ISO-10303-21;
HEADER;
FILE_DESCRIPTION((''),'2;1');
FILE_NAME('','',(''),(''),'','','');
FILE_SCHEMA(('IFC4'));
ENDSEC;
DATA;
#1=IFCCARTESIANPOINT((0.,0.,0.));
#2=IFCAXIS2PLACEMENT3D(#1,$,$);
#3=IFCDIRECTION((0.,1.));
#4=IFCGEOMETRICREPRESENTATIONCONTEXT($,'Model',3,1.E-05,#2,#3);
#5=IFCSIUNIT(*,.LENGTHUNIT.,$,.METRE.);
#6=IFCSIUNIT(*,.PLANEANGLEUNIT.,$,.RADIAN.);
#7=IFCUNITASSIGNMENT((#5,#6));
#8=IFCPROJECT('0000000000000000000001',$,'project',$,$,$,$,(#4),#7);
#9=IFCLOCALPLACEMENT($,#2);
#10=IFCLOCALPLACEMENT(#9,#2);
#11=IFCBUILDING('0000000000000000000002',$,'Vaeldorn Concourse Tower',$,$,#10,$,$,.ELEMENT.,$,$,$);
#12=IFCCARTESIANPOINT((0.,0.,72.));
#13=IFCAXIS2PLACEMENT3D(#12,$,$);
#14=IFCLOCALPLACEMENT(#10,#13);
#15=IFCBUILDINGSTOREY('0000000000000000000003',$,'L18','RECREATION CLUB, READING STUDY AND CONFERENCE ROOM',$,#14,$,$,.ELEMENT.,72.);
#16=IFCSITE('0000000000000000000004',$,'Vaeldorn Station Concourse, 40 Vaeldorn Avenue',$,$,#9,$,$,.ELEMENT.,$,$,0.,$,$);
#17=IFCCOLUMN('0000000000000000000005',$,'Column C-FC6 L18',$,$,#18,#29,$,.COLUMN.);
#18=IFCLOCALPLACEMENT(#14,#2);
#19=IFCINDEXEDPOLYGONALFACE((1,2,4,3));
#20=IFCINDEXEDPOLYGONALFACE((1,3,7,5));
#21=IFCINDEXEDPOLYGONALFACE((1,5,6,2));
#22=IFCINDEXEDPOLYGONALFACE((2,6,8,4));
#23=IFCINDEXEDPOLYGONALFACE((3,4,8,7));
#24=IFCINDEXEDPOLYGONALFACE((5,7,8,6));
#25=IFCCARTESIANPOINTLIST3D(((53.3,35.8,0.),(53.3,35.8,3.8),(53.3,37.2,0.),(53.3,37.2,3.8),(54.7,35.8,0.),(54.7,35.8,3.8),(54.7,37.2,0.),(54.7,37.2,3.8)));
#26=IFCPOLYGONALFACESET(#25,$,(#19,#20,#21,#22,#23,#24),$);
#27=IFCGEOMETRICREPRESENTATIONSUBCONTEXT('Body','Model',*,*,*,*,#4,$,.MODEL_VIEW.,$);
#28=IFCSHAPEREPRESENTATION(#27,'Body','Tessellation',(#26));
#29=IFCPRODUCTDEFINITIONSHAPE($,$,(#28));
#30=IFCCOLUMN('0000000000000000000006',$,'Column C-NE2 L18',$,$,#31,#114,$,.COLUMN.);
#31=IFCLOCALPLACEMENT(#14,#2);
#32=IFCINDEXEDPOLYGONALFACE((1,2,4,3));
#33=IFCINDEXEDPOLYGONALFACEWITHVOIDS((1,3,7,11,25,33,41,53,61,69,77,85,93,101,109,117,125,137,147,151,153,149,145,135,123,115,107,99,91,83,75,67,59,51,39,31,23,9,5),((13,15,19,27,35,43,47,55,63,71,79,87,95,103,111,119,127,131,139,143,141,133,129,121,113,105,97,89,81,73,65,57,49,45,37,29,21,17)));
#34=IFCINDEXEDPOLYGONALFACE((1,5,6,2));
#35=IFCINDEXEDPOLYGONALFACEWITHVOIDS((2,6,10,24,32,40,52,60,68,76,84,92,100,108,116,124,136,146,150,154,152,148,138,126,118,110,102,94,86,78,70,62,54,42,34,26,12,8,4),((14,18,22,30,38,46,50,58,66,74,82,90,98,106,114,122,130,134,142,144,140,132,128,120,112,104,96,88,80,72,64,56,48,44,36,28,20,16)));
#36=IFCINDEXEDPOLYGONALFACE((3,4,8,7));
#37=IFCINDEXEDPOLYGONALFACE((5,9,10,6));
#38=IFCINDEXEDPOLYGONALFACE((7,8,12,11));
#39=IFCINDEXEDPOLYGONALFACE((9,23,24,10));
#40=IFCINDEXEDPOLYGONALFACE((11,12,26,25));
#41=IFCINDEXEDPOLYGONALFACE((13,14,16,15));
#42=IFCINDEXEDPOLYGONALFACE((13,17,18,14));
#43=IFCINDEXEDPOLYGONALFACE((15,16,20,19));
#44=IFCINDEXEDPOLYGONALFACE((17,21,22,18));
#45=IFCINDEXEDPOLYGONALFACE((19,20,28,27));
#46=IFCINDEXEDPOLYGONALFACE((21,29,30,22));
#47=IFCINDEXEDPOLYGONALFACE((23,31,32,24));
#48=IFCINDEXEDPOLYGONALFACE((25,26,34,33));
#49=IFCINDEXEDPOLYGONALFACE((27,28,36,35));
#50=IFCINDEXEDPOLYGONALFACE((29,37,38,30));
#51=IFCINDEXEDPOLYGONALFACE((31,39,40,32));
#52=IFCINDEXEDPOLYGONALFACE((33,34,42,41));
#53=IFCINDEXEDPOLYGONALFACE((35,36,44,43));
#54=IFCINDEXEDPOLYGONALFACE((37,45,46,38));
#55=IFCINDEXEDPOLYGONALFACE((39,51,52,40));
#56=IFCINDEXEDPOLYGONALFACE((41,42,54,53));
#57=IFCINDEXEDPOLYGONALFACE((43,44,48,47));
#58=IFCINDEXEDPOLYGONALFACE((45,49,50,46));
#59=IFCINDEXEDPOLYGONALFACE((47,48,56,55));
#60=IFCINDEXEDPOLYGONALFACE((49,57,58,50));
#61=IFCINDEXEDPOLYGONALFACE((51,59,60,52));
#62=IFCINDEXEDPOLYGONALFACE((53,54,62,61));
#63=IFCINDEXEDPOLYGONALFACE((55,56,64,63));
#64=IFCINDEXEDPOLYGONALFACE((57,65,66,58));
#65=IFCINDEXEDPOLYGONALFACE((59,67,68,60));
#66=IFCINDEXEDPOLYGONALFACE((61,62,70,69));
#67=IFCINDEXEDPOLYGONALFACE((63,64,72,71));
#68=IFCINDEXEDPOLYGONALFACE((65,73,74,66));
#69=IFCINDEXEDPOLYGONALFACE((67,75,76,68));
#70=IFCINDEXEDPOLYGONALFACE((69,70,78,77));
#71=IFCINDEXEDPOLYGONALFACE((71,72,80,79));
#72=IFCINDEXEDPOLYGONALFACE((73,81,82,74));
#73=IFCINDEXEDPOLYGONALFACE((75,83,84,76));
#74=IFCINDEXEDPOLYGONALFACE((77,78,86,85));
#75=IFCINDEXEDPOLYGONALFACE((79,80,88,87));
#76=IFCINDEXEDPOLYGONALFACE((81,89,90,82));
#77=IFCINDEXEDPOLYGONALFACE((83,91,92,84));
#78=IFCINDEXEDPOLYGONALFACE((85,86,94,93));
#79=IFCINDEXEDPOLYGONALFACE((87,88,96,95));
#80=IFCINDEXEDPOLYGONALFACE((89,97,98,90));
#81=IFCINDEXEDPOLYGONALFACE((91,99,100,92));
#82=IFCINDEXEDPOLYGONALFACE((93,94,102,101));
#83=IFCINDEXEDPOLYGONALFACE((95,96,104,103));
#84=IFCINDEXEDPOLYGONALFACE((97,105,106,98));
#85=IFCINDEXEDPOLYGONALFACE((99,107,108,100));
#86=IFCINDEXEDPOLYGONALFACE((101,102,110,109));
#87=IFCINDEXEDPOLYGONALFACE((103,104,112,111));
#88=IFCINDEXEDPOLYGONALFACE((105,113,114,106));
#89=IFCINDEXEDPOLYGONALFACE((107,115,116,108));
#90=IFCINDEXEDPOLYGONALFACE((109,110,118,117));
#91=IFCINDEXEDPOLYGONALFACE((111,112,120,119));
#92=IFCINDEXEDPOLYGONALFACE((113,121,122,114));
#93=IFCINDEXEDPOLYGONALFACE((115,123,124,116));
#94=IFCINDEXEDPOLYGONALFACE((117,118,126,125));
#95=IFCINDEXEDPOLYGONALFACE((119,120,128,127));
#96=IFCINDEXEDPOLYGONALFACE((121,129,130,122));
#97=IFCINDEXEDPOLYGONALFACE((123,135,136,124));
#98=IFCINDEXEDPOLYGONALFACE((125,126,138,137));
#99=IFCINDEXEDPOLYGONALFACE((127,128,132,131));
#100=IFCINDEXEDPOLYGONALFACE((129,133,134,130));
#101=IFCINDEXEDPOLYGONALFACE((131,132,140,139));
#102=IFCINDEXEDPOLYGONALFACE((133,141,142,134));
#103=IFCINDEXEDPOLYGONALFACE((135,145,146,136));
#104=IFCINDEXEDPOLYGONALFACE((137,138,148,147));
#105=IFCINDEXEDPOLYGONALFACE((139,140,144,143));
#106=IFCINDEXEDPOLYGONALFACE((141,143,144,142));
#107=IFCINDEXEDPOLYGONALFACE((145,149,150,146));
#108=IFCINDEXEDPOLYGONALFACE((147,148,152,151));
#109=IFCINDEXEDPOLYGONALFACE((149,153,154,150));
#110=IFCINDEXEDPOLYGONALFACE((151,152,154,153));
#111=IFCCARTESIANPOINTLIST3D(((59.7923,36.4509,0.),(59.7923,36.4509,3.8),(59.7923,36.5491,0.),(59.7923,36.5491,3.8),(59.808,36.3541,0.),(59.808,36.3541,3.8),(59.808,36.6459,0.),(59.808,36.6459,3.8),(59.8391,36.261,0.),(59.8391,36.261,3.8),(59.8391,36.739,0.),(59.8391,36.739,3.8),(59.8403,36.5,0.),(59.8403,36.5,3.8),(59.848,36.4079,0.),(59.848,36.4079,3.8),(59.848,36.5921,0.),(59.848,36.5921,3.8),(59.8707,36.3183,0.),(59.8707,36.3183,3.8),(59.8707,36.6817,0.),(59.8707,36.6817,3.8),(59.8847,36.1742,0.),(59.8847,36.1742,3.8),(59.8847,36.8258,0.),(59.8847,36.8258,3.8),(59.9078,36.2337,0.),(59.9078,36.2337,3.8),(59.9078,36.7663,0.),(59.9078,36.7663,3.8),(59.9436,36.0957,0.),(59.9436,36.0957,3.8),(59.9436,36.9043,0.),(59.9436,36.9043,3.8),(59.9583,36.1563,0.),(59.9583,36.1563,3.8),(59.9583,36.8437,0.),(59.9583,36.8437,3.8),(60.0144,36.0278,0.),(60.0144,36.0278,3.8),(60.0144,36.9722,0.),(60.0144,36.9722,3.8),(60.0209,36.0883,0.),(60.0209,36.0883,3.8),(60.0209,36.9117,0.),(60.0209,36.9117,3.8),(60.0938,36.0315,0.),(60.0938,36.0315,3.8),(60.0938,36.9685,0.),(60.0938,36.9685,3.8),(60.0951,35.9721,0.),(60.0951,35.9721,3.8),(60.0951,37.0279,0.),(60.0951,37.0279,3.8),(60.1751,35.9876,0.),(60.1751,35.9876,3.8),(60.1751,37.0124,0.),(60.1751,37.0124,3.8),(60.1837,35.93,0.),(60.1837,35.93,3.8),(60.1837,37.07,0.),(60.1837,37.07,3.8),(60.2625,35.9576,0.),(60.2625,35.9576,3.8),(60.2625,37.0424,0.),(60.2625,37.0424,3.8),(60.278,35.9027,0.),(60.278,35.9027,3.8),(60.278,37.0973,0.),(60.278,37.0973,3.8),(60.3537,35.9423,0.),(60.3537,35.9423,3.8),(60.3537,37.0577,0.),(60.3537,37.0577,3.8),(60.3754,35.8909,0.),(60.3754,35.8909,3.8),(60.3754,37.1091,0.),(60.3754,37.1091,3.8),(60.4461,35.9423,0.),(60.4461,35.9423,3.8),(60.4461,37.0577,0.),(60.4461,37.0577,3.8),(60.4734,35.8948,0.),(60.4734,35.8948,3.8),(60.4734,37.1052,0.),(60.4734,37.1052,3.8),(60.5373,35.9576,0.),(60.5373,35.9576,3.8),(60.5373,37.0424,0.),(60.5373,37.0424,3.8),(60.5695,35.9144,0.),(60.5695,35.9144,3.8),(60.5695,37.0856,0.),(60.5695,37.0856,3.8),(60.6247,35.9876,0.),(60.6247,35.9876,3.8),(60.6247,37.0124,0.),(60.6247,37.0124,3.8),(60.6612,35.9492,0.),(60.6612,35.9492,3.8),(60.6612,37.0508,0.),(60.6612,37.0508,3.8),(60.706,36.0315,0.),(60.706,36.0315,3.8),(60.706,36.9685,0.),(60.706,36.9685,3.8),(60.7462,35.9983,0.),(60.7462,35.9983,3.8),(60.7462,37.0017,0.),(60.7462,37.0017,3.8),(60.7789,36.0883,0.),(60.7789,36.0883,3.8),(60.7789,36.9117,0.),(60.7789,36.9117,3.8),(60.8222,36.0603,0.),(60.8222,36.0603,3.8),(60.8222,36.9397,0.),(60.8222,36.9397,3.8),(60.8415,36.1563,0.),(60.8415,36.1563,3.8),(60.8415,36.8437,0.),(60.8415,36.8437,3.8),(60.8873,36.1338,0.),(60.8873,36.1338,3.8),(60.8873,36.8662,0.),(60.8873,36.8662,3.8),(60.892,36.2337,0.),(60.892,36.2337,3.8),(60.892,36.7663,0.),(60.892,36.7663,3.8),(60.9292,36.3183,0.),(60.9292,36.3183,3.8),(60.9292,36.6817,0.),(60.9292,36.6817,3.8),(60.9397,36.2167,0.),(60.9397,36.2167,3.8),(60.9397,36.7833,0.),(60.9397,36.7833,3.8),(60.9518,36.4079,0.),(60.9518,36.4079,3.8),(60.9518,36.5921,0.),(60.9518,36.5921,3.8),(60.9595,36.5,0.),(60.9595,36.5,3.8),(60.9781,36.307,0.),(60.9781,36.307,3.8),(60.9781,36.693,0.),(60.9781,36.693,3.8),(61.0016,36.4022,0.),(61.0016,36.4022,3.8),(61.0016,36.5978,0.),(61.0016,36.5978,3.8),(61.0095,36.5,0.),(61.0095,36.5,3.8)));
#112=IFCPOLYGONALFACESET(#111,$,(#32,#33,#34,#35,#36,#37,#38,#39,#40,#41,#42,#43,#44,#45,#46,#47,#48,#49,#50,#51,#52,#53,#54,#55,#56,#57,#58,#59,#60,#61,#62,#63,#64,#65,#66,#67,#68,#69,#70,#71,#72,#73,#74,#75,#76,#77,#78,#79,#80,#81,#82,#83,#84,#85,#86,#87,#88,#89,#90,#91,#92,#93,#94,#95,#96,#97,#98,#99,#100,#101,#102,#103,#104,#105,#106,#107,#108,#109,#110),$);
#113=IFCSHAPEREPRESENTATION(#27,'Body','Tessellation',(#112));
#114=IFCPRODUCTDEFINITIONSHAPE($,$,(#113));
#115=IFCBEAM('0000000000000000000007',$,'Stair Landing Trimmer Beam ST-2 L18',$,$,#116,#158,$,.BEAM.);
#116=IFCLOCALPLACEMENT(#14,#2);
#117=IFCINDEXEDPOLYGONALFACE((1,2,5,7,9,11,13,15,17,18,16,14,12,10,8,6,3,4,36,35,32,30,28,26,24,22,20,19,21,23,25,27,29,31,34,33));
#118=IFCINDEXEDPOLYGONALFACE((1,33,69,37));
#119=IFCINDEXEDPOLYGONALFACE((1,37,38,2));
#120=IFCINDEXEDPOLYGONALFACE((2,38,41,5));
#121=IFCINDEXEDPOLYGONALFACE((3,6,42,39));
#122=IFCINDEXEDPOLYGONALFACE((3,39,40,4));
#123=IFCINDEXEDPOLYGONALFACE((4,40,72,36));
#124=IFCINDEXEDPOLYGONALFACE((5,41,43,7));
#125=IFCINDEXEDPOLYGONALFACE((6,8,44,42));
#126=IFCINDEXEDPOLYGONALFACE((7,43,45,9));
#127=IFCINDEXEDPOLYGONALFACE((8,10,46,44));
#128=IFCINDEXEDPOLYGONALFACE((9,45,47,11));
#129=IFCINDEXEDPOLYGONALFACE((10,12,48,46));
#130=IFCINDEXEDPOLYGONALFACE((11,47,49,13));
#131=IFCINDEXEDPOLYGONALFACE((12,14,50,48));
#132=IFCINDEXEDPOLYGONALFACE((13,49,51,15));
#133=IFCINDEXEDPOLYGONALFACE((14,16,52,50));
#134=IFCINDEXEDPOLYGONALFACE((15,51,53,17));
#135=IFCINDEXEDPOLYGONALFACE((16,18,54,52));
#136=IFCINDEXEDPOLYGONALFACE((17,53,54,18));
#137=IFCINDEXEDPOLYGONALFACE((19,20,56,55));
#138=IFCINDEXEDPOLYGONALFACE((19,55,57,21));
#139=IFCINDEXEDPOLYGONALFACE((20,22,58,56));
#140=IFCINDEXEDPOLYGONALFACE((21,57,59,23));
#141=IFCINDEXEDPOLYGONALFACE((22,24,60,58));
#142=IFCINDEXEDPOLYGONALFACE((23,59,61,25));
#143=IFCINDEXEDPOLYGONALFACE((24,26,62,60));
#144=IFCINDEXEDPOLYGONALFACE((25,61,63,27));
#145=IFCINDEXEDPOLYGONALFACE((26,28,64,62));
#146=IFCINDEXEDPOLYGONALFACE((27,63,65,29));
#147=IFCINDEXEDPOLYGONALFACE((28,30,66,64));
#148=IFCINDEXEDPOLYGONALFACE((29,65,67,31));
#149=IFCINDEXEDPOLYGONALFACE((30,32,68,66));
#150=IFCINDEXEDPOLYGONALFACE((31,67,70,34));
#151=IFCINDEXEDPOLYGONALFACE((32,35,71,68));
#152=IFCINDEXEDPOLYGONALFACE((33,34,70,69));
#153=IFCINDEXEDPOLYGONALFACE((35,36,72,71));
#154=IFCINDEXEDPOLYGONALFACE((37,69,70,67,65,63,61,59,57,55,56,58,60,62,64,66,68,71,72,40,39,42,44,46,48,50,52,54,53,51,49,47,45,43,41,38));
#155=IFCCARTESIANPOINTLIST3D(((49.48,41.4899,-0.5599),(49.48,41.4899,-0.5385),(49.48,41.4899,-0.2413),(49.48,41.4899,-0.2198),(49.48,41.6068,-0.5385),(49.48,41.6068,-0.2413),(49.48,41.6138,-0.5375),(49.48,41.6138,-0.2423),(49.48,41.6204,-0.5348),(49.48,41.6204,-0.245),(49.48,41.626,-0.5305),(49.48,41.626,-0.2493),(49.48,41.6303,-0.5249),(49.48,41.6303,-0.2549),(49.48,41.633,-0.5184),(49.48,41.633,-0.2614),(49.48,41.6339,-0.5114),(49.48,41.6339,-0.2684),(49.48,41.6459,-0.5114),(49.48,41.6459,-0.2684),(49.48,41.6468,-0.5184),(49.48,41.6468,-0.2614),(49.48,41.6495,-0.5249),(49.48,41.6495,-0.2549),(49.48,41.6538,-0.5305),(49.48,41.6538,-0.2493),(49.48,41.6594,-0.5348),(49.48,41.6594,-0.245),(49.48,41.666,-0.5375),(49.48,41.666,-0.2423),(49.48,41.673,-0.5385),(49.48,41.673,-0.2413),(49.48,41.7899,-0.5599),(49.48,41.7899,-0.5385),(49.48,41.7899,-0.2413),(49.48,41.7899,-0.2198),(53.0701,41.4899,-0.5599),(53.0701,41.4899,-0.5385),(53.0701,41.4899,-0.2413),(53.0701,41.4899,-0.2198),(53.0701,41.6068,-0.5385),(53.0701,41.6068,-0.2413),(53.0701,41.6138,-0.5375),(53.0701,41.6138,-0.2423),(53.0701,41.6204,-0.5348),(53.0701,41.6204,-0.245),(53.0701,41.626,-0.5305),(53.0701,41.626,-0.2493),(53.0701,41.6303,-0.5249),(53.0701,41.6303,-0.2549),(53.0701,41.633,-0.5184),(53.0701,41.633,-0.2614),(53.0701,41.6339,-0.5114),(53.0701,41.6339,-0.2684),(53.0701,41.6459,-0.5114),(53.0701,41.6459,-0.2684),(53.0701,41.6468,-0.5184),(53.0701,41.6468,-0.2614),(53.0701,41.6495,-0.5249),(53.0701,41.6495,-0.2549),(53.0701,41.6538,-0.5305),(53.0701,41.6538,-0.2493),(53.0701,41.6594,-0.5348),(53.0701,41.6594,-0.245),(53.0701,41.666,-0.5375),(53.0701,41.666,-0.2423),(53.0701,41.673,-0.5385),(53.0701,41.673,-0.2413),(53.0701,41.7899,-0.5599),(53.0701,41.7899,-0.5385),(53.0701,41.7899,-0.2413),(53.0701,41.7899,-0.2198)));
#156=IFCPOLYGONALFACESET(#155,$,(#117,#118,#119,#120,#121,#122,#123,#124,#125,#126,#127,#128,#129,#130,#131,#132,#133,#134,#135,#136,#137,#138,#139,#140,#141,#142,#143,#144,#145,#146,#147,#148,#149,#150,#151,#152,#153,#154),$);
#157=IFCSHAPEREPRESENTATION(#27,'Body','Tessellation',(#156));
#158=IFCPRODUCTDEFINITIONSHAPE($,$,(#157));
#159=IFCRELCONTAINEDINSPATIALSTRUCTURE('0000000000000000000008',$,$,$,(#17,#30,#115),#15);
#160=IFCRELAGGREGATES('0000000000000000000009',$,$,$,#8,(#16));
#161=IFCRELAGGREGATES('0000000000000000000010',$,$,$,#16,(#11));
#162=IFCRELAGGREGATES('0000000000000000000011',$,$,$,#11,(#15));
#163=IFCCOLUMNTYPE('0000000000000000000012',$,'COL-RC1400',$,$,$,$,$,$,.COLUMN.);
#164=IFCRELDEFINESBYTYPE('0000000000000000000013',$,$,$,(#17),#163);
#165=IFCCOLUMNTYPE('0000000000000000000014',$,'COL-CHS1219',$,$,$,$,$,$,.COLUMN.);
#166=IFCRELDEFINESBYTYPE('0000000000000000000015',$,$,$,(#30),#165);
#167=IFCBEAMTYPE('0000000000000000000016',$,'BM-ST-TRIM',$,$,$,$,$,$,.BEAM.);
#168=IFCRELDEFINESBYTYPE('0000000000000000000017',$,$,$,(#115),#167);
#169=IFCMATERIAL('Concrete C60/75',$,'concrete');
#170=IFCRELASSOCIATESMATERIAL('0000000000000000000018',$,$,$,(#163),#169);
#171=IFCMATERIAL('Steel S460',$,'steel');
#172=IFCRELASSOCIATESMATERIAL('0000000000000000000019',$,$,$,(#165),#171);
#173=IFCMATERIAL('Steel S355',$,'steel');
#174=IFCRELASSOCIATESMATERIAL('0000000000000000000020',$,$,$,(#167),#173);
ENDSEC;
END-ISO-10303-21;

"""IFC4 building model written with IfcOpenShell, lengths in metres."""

from ifc_helpers import new_model, si_unit, direction, frame, origin, origin_2d, place, context, subcontext, project, spatial, rectangle, hollow_circle, i_section, extrude, source, transform, mapped, material, material_profile, profile_set, type_object, element, save


model = new_model("IFC4")

# Units and contexts
model_context = context("Model", 3, precision=1e-05, world=origin(), true_north=direction((0.0, 1.0)))
body_context = subcontext(model_context, "Body", "Model", "MODEL_VIEW")
ifc_project = project(units=[si_unit("LENGTHUNIT", "METRE"), si_unit("PLANEANGLEUNIT", "RADIAN")], contexts=[model_context])

# Site, building, storey
site_placement = place(None, origin())
site = spatial("IfcSite", under=ifc_project, at=site_placement, Name="Vaeldorn Station Concourse, 40 Vaeldorn Avenue", CompositionType="ELEMENT", RefElevation=0.0)
building_placement = place(site_placement, origin())
building = spatial("IfcBuilding", under=site, at=building_placement, Name="Vaeldorn Concourse Tower", CompositionType="ELEMENT")
storey_placement = place(building_placement, frame((0.0, 0.0, 72.0)))
storey = spatial("IfcBuildingStorey", under=building, at=storey_placement, Name="L18", Description="RECREATION CLUB, READING STUDY AND CONFERENCE ROOM", CompositionType="ELEMENT", Elevation=72.0)

# Columns
ifc_material_1 = material(Name="Concrete C60/75", Category="concrete")
ifc_material_profile_1 = material_profile(ifc_material_1, rectangle(XDim=1.3999, YDim=1.3999, at=origin_2d()), Name="RC 1400x1400")
ifc_profile_set_1 = profile_set([ifc_material_profile_1], Name="Concrete C60/75")
column_type_1 = type_object("IfcColumnType", Name="COL-RC1400", PredefinedType="COLUMN", material=ifc_profile_set_1)
shared_shape_1 = source(origin(), body_context, "Body", "SweptSolid", [
    extrude(rectangle(XDim=1.3999, YDim=1.3999, at=origin_2d()), origin(), (0.0, 0.0, 1.0), 3.8),
])
column_1_placement = place(storey_placement, frame((54.0, 36.5, 0.0), z_axis=(0.0, 0.0, 1.0), x_axis=(1.0, 0.0, 0.0)))
element("IfcColumn", 1, at=column_1_placement, inside=storey, type_object=column_type_1, Name="Column C-FC6 L18", PredefinedType="COLUMN", context=body_context, shape_type="MappedRepresentation", body=[
    mapped(shared_shape_1, transform((0.0, 0.0, 0.0), scale=1.0)),
])
ifc_material_2 = material(Name="Steel S460", Category="steel")
ifc_material_profile_2 = material_profile(ifc_material_2, hollow_circle(Radius=0.6096, WallThickness=0.05, at=origin_2d()), Name="CHS 1219x50")
ifc_profile_set_2 = profile_set([ifc_material_profile_2], Name="Steel S460")
column_type_2 = type_object("IfcColumnType", Name="COL-CHS1219", PredefinedType="COLUMN", material=ifc_profile_set_2)
shared_shape_2 = source(origin(), body_context, "Body", "SweptSolid", [
    extrude(hollow_circle(Radius=0.6096, WallThickness=0.05, at=origin_2d()), origin(), (0.0, 0.0, 1.0), 3.8),
])
column_2_placement = place(storey_placement, frame((60.3999, 36.5, 0.0), z_axis=(0.0, 0.0, 1.0), x_axis=(1.0, 0.0, 0.0)))
element("IfcColumn", 2, at=column_2_placement, inside=storey, type_object=column_type_2, Name="Column C-NE2 L18", PredefinedType="COLUMN", context=body_context, shape_type="MappedRepresentation", body=[
    mapped(shared_shape_2, transform((0.0, 0.0, 0.0), scale=1.0)),
])

# Beam
ifc_material_3 = material(Name="Steel S355", Category="steel")
ifc_material_profile_3 = material_profile(ifc_material_3, i_section(OverallWidth=0.3, OverallDepth=0.3401, WebThickness=0.012, FlangeThickness=0.0215, FilletRadius=0.0271, at=origin_2d()), Name="HEB 340")
ifc_profile_set_3 = profile_set([ifc_material_profile_3], Name="Steel S355")
beam_type_1 = type_object("IfcBeamType", Name="BM-ST-TRIM", PredefinedType="BEAM", material=ifc_profile_set_3)
shared_shape_3 = source(origin(), body_context, "Body", "SweptSolid", [
    extrude(i_section(OverallWidth=0.3, OverallDepth=0.3401, WebThickness=0.012, FlangeThickness=0.0215, FilletRadius=0.0271, at=origin_2d()), origin(), (0.0, 0.0, 1.0), 3.5901),
])
beam_1_placement = place(storey_placement, frame((49.48, 41.6399, -0.3899), z_axis=(1.0, 0.0, 0.0), x_axis=(0.0, 1.0, 0.0)))
element("IfcBeam", 3, at=beam_1_placement, inside=storey, type_object=beam_type_1, Name="Stair Landing Trimmer Beam ST-2 L18", PredefinedType="BEAM", context=body_context, shape_type="MappedRepresentation", body=[
    mapped(shared_shape_3, transform((0.0, 0.0, 0.0), scale=1.0)),
])

save(model, "model.ifc")
